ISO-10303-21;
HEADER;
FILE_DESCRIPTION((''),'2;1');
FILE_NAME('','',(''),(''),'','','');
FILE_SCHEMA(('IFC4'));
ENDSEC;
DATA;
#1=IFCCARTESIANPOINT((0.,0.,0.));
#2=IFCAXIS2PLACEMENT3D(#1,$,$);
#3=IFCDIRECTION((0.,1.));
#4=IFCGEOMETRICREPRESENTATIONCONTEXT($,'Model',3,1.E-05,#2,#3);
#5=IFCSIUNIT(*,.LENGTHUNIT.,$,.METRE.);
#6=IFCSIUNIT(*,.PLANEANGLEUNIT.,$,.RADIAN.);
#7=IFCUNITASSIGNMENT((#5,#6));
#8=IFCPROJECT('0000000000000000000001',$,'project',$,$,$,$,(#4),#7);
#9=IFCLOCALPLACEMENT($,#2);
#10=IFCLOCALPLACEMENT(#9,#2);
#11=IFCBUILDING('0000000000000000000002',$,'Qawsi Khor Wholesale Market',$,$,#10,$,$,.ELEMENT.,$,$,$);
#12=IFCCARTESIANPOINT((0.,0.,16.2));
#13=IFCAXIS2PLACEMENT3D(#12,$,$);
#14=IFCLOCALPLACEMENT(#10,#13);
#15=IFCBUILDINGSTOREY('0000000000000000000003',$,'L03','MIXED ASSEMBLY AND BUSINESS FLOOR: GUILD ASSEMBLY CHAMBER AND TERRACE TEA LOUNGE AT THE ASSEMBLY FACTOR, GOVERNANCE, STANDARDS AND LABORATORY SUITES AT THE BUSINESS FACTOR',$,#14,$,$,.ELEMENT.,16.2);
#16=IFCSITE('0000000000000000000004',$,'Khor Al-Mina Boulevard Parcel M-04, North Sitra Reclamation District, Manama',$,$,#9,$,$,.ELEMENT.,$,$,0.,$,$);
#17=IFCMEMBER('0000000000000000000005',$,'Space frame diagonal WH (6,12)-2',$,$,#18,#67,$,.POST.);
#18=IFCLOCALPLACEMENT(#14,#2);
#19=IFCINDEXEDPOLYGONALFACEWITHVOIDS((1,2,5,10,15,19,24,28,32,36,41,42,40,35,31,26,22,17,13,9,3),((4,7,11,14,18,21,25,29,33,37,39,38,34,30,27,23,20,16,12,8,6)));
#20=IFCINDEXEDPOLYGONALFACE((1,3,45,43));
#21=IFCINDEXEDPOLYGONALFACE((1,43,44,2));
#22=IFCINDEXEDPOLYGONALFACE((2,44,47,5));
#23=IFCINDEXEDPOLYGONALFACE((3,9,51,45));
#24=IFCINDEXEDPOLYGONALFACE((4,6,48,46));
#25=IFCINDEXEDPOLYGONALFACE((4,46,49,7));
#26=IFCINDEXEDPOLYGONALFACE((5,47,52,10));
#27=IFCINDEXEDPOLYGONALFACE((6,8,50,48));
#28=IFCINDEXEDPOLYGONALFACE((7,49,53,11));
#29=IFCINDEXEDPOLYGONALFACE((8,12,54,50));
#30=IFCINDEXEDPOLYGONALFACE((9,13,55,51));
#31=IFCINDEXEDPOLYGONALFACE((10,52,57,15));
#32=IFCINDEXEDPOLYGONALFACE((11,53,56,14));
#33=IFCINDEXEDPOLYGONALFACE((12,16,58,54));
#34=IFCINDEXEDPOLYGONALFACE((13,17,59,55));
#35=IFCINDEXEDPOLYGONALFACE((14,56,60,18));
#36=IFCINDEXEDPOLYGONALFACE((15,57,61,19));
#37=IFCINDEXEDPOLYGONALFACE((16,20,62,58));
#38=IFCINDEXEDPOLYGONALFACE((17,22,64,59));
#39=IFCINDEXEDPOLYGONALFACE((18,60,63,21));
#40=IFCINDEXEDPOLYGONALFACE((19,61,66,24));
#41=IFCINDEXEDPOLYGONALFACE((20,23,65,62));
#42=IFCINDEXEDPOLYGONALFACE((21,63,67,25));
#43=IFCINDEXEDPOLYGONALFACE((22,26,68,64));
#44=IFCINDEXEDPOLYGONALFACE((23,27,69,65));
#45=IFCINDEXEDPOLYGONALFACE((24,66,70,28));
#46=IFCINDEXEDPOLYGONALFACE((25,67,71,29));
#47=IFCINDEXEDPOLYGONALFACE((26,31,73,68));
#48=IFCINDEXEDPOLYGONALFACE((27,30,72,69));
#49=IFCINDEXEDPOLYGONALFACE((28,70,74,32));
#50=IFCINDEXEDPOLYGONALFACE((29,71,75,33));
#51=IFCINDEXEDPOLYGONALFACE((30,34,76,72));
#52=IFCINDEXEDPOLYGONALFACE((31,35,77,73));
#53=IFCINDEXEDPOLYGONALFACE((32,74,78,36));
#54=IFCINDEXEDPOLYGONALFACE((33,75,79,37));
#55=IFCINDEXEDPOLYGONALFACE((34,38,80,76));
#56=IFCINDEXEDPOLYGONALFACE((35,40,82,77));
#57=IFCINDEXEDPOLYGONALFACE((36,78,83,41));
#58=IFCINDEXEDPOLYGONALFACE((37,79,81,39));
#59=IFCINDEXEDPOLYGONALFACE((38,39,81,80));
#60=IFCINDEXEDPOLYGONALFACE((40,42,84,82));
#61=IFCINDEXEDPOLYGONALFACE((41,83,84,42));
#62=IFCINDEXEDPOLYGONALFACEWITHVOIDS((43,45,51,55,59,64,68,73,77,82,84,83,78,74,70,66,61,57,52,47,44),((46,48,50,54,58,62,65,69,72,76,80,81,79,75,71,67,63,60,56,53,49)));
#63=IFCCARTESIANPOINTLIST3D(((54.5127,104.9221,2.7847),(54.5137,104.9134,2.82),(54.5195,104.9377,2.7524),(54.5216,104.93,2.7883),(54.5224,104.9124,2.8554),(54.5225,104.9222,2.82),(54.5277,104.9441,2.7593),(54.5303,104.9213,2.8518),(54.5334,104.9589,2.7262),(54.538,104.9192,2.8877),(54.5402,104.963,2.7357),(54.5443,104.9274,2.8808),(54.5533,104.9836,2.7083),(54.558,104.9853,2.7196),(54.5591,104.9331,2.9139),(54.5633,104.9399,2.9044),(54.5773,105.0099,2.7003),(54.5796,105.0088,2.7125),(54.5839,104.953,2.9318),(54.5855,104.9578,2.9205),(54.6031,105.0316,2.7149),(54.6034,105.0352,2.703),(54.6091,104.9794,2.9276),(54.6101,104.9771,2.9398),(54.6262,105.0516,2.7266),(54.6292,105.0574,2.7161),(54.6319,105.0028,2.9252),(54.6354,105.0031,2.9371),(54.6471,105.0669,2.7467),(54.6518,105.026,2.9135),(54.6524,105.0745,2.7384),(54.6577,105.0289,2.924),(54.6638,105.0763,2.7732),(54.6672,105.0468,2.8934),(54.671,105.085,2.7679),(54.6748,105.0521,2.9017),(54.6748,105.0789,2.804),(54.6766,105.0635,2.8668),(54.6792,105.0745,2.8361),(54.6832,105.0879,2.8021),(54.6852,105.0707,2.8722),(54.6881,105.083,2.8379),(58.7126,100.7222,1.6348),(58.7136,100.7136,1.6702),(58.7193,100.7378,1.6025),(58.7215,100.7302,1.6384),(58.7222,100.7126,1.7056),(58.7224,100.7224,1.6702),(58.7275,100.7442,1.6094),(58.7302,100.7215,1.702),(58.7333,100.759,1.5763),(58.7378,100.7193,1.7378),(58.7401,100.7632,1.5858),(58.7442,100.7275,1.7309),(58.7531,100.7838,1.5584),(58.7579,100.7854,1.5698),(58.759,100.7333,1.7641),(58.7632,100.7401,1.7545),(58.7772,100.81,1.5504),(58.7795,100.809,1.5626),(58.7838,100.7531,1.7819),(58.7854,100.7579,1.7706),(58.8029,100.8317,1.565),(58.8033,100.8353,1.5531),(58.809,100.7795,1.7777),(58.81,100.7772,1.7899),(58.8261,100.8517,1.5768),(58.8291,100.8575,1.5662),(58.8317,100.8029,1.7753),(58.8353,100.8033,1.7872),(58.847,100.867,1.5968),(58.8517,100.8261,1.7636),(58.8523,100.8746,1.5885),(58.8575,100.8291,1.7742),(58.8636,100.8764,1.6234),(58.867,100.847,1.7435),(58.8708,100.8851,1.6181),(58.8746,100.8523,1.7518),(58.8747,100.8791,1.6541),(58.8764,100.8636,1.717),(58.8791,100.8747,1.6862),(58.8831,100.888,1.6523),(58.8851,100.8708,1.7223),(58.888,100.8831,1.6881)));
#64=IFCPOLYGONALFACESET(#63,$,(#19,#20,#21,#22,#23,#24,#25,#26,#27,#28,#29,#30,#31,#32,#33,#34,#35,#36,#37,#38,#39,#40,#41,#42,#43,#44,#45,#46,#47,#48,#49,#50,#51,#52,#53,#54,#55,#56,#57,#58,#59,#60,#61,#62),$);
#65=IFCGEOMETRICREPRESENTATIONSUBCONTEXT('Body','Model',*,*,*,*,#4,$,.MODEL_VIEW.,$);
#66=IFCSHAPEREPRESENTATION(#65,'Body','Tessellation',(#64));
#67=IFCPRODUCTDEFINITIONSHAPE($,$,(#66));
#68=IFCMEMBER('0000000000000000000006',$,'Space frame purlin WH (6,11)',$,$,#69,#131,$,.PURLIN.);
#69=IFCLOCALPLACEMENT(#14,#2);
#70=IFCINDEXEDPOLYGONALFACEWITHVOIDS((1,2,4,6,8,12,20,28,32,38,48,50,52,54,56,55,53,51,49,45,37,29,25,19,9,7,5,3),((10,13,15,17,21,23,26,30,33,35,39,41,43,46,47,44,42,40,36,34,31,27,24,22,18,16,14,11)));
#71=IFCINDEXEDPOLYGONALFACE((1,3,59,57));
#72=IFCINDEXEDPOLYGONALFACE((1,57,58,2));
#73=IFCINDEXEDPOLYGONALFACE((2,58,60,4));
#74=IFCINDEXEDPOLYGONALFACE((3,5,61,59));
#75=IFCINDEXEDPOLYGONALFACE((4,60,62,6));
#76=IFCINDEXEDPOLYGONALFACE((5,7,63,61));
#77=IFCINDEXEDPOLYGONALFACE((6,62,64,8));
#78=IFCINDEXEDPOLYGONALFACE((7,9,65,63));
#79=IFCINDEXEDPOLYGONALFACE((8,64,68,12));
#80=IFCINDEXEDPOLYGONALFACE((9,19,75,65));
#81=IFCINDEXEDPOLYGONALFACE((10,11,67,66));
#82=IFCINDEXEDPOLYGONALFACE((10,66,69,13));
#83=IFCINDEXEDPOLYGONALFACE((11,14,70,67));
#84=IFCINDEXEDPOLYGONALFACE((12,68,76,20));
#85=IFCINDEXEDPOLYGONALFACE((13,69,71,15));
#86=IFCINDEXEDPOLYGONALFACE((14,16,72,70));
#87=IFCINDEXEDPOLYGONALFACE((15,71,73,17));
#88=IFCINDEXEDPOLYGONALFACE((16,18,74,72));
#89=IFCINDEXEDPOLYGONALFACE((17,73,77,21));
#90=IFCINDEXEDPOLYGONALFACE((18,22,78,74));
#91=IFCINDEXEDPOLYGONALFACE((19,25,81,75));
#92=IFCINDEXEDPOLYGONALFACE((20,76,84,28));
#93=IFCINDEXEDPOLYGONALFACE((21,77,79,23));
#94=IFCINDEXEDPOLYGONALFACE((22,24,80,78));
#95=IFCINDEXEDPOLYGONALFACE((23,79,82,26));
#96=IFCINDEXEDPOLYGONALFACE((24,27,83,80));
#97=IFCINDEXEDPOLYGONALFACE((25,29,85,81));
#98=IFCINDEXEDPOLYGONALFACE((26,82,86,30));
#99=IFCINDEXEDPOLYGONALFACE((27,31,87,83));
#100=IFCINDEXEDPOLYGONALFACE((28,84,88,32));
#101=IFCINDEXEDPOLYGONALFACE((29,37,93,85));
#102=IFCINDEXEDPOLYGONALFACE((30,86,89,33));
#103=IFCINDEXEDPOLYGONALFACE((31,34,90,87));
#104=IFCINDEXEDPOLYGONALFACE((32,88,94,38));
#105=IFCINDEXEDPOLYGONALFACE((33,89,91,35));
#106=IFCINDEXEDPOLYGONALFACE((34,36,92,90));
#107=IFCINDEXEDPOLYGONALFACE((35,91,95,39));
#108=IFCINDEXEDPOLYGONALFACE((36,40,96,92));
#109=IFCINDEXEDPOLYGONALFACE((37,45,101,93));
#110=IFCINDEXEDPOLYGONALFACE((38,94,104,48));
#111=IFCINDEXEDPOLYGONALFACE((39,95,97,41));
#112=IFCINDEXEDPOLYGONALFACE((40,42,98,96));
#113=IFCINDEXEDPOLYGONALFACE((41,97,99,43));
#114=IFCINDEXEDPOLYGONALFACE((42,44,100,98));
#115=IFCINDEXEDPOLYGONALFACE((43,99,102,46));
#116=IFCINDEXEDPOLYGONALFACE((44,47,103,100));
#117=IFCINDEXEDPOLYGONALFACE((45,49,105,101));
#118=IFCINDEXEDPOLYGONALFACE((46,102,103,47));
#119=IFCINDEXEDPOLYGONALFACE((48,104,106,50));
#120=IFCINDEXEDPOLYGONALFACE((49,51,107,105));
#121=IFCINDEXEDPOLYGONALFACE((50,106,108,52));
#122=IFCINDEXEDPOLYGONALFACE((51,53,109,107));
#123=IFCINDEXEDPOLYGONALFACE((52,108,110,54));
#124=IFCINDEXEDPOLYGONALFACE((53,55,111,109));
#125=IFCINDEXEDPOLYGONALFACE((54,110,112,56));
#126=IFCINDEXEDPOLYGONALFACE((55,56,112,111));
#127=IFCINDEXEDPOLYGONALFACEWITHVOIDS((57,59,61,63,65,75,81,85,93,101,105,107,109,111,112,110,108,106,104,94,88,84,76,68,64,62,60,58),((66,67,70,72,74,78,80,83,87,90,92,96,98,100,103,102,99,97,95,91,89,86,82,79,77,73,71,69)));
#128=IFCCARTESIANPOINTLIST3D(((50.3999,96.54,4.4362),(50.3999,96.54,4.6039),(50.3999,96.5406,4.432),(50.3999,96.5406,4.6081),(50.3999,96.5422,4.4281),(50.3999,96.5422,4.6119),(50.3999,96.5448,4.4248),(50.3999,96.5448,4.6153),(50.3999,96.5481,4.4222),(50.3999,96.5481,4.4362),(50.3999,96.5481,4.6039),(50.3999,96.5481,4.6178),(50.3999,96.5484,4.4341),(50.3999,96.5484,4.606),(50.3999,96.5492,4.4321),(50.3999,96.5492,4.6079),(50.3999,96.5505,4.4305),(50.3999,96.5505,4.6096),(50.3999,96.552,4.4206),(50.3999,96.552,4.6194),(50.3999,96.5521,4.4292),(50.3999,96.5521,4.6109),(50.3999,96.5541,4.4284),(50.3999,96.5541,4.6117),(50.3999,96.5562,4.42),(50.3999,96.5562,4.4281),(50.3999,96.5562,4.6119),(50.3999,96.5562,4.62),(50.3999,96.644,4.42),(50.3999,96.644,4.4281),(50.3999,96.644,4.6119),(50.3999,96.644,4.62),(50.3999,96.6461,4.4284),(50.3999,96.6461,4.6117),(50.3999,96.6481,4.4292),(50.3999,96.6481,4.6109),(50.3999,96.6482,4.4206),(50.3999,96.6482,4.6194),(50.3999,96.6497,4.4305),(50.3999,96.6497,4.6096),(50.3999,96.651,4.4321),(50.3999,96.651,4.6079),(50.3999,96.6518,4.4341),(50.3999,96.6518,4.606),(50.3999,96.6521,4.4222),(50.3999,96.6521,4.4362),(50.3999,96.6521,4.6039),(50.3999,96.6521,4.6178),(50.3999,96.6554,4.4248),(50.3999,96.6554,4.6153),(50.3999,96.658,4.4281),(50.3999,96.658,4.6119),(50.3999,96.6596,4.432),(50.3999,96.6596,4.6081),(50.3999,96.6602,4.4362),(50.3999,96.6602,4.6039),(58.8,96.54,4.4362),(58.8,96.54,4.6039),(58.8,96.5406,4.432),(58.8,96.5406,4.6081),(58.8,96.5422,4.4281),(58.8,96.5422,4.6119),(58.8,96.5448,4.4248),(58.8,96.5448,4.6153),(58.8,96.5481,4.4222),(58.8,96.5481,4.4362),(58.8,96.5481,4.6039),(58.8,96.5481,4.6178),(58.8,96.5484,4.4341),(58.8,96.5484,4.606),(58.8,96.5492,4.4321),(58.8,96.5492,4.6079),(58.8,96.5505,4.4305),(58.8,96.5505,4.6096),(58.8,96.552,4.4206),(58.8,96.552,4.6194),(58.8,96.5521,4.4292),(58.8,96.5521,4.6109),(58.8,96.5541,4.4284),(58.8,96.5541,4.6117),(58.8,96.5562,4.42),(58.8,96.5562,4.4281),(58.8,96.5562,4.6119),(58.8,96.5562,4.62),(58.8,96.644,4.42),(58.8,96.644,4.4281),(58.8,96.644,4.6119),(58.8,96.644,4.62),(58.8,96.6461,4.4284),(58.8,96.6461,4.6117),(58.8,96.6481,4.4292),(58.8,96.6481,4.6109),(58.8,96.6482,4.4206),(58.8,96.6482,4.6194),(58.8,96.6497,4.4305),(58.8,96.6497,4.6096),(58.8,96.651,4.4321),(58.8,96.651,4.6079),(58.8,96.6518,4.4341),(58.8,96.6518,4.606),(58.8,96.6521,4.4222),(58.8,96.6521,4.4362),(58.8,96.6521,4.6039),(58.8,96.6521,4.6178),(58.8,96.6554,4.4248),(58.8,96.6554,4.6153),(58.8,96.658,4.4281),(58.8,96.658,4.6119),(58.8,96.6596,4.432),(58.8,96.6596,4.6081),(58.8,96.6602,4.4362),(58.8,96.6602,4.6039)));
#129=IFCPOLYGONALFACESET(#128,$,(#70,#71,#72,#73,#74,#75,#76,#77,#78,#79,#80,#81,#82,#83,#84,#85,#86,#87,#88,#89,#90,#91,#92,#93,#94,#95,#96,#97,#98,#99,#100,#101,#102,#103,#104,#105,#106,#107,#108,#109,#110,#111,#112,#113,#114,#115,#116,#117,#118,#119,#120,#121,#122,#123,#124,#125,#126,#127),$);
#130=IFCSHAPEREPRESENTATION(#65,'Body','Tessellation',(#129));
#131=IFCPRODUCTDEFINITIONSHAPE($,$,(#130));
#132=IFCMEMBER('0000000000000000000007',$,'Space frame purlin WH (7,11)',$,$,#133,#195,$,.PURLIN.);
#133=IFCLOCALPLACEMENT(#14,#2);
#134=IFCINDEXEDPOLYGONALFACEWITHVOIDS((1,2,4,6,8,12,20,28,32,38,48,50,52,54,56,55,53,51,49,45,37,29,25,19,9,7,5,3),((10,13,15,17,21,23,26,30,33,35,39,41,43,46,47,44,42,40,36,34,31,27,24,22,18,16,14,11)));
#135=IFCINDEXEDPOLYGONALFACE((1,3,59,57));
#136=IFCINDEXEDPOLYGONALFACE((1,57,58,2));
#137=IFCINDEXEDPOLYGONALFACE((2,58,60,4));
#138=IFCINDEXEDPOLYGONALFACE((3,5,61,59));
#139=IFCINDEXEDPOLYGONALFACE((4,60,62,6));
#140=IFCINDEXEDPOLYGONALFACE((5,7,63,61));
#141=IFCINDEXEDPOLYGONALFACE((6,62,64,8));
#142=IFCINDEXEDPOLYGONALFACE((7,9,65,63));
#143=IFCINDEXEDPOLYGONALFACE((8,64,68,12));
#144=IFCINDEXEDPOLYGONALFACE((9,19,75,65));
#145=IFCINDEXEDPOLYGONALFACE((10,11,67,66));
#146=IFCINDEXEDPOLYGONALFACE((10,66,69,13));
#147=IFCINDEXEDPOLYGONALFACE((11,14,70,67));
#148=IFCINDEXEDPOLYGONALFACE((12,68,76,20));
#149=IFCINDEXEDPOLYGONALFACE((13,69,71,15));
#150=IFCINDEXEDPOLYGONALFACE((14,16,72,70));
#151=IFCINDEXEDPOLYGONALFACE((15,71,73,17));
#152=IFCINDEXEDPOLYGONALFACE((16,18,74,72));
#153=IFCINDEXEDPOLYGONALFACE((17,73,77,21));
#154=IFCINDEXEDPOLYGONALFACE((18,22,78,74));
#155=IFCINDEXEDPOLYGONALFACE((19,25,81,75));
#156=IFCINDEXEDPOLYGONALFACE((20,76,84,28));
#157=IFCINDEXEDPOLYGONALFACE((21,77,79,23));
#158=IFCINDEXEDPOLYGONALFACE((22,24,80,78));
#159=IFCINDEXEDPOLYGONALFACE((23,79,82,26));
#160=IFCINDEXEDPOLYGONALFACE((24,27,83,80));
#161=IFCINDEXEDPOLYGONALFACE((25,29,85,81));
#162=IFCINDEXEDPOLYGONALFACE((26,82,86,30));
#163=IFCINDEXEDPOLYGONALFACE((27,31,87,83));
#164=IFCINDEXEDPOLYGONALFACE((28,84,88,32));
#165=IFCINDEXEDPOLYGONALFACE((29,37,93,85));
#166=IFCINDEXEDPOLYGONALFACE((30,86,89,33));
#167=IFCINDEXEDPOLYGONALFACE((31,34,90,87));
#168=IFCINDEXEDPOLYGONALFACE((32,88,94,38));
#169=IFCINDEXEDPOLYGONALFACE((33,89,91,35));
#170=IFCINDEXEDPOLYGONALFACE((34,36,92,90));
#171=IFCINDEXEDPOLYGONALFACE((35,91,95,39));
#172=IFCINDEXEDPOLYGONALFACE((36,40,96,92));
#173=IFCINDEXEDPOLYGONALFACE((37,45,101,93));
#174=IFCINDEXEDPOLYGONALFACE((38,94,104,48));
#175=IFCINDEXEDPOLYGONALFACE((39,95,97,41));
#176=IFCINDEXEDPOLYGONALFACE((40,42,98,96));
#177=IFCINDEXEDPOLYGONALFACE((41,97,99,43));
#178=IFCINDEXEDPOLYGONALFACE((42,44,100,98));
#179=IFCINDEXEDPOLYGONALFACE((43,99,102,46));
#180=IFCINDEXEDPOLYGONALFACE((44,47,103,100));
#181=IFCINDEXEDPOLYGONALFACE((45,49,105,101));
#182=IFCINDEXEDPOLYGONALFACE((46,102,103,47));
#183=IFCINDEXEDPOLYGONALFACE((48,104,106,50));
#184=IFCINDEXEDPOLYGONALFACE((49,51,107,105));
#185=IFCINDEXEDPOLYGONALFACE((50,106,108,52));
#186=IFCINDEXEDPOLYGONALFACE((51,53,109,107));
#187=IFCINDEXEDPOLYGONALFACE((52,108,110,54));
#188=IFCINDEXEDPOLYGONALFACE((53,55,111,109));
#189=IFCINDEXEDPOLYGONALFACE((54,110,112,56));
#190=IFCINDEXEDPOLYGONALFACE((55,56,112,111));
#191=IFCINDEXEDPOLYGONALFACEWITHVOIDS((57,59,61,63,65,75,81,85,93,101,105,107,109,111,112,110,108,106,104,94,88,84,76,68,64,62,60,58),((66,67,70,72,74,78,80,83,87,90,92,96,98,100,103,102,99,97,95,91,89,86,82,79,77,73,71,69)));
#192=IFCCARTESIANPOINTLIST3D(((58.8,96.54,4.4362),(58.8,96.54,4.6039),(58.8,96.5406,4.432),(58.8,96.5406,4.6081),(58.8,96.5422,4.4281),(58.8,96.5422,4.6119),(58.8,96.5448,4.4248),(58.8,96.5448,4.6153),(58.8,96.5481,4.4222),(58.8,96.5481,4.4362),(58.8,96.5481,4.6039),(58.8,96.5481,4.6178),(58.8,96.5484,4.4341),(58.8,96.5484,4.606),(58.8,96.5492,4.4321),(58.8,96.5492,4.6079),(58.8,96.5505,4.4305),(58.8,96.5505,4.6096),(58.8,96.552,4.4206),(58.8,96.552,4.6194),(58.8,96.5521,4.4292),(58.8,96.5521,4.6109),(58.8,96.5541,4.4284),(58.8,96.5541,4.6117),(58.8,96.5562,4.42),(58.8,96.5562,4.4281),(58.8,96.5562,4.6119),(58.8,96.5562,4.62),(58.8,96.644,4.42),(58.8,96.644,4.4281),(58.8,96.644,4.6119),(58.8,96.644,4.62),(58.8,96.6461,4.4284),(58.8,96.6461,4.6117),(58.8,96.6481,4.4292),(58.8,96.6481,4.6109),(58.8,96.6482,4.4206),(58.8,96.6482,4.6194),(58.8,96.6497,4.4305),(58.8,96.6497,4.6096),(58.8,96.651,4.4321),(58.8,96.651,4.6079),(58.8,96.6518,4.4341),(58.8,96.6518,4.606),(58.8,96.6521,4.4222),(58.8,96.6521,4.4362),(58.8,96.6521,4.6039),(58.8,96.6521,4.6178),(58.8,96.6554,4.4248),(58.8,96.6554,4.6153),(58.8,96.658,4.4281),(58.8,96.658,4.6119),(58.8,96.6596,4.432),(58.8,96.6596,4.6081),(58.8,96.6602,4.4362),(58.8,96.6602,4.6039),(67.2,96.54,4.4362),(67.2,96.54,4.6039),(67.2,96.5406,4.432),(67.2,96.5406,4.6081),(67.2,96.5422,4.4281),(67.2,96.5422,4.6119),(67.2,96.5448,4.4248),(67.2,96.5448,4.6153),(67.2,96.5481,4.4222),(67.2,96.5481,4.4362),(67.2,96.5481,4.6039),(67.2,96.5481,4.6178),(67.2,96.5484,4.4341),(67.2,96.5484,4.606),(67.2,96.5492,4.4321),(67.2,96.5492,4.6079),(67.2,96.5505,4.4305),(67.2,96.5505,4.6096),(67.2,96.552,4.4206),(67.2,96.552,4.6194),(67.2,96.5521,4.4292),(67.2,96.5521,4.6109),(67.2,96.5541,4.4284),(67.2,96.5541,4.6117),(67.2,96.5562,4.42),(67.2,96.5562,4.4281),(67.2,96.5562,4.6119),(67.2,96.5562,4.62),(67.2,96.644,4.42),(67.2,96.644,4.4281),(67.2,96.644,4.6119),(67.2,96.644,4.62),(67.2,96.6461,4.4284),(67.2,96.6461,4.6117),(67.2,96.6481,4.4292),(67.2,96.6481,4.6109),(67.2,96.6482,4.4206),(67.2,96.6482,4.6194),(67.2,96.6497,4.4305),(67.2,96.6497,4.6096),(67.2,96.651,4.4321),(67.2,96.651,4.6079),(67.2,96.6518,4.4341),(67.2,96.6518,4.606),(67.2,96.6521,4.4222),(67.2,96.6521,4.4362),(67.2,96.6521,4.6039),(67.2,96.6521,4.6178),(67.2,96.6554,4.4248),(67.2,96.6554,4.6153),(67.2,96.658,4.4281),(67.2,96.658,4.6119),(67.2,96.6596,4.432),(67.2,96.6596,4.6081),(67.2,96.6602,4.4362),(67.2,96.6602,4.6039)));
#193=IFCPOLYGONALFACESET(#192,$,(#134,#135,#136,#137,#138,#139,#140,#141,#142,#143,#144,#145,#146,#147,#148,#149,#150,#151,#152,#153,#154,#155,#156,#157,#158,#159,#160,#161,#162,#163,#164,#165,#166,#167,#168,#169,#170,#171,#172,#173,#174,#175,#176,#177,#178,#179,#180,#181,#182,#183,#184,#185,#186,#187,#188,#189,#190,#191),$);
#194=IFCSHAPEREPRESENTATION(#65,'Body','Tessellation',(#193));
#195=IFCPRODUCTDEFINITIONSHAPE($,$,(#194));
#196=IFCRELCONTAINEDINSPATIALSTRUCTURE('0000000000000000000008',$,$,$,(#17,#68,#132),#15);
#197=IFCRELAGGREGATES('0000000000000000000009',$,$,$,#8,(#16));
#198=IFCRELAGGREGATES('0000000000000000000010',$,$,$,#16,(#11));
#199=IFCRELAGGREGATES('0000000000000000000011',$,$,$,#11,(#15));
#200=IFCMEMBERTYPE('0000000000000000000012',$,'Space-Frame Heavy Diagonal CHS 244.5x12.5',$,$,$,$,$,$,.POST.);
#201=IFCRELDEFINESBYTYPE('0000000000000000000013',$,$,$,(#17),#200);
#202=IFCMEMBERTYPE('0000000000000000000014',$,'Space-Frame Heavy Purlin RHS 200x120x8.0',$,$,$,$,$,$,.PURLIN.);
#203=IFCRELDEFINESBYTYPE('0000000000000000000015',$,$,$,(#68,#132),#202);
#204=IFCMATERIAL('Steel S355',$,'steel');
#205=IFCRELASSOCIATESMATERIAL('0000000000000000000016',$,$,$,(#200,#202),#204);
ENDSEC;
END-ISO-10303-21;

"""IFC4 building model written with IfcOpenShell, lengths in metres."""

from ifc_helpers import new_model, si_unit, direction, frame, origin, origin_2d, place, context, subcontext, project, spatial, hollow_rectangle, hollow_circle, extrude, material, material_profile, profile_set, type_object, element, save


model = new_model("IFC4")

# Units and contexts
model_context = context("Model", 3, precision=1e-05, world=origin(), true_north=direction((0.0, 1.0)))
body_context = subcontext(model_context, "Body", "Model", "MODEL_VIEW")
ifc_project = project(units=[si_unit("LENGTHUNIT", "METRE"), si_unit("PLANEANGLEUNIT", "RADIAN")], contexts=[model_context])

# Site, building, storey
site_placement = place(None, origin())
site = spatial("IfcSite", under=ifc_project, at=site_placement, Name="Khor Al-Mina Boulevard Parcel M-04, North Sitra Reclamation District, Manama", CompositionType="ELEMENT", RefElevation=0.0)
building_placement = place(site_placement, origin())
building = spatial("IfcBuilding", under=site, at=building_placement, Name="Qawsi Khor Wholesale Market", CompositionType="ELEMENT")
storey_placement = place(building_placement, frame((0.0, 0.0, 16.2)))
storey = spatial("IfcBuildingStorey", under=building, at=storey_placement, Name="L03", Description="MIXED ASSEMBLY AND BUSINESS FLOOR: GUILD ASSEMBLY CHAMBER AND TERRACE TEA LOUNGE AT THE ASSEMBLY FACTOR, GOVERNANCE, STANDARDS AND LABORATORY SUITES AT THE BUSINESS FACTOR", CompositionType="ELEMENT", Elevation=16.2)

# Members
ifc_material_1 = material(Name="Steel S355", Category="steel")
ifc_material_profile_1 = material_profile(ifc_material_1, hollow_circle(Radius=0.1223, WallThickness=0.0125, at=origin_2d()), Name="CHS 244.5x12.5")
ifc_profile_set_1 = profile_set([ifc_material_profile_1], Name="Steel S355")
member_type_1 = type_object("IfcMemberType", Name="Space-Frame Heavy Diagonal CHS 244.5x12.5", PredefinedType="POST", material=ifc_profile_set_1)
member_1_placement = place(storey_placement, frame((58.8, 100.8, 1.6702), z_axis=(-0.694217, 0.694217, 0.190069), x_axis=(-0.707107, -0.707107, 0.0)))
element("IfcMember", 1, at=member_1_placement, inside=storey, type_object=member_type_1, Name="Space frame diagonal WH (6,12)-2", PredefinedType="POST", context=body_context, shape_type="SweptSolid", body=[
    extrude(hollow_circle(Radius=0.1223, WallThickness=0.0125, at=origin_2d()), origin(), (0.0, 0.0, 1.0), 6.0498),
])
ifc_material_profile_2 = material_profile(ifc_material_1, hollow_rectangle(XDim=0.1201, YDim=0.2, WallThickness=0.0081, InnerFilletRadius=0.0081, OuterFilletRadius=0.0161, at=origin_2d()), Name="RHS 200x120x8.0")
ifc_profile_set_2 = profile_set([ifc_material_profile_2], Name="Steel S355")
member_type_2 = type_object("IfcMemberType", Name="Space-Frame Heavy Purlin RHS 200x120x8.0", PredefinedType="PURLIN", material=ifc_profile_set_2)
member_2_placement = place(storey_placement, frame((50.3999, 96.6001, 4.52), z_axis=(1.0, 0.0, 0.0), x_axis=(0.0, 1.0, 0.0)))
element("IfcMember", 2, at=member_2_placement, inside=storey, type_object=member_type_2, Name="Space frame purlin WH (6,11)", PredefinedType="PURLIN", context=body_context, shape_type="SweptSolid", body=[
    extrude(hollow_rectangle(XDim=0.1201, YDim=0.2, WallThickness=0.0081, InnerFilletRadius=0.0081, OuterFilletRadius=0.0161, at=origin_2d()), origin(), (0.0, 0.0, 1.0), 8.4001),
])
member_3_placement = place(storey_placement, frame((58.8, 96.6001, 4.52), z_axis=(1.0, 0.0, 0.0), x_axis=(0.0, 1.0, 0.0)))
element("IfcMember", 3, at=member_3_placement, inside=storey, type_object=member_type_2, Name="Space frame purlin WH (7,11)", PredefinedType="PURLIN", context=body_context, shape_type="SweptSolid", body=[
    extrude(hollow_rectangle(XDim=0.1201, YDim=0.2, WallThickness=0.0081, InnerFilletRadius=0.0081, OuterFilletRadius=0.0161, at=origin_2d()), origin(), (0.0, 0.0, 1.0), 8.3999),
])

save(model, "model.ifc")
